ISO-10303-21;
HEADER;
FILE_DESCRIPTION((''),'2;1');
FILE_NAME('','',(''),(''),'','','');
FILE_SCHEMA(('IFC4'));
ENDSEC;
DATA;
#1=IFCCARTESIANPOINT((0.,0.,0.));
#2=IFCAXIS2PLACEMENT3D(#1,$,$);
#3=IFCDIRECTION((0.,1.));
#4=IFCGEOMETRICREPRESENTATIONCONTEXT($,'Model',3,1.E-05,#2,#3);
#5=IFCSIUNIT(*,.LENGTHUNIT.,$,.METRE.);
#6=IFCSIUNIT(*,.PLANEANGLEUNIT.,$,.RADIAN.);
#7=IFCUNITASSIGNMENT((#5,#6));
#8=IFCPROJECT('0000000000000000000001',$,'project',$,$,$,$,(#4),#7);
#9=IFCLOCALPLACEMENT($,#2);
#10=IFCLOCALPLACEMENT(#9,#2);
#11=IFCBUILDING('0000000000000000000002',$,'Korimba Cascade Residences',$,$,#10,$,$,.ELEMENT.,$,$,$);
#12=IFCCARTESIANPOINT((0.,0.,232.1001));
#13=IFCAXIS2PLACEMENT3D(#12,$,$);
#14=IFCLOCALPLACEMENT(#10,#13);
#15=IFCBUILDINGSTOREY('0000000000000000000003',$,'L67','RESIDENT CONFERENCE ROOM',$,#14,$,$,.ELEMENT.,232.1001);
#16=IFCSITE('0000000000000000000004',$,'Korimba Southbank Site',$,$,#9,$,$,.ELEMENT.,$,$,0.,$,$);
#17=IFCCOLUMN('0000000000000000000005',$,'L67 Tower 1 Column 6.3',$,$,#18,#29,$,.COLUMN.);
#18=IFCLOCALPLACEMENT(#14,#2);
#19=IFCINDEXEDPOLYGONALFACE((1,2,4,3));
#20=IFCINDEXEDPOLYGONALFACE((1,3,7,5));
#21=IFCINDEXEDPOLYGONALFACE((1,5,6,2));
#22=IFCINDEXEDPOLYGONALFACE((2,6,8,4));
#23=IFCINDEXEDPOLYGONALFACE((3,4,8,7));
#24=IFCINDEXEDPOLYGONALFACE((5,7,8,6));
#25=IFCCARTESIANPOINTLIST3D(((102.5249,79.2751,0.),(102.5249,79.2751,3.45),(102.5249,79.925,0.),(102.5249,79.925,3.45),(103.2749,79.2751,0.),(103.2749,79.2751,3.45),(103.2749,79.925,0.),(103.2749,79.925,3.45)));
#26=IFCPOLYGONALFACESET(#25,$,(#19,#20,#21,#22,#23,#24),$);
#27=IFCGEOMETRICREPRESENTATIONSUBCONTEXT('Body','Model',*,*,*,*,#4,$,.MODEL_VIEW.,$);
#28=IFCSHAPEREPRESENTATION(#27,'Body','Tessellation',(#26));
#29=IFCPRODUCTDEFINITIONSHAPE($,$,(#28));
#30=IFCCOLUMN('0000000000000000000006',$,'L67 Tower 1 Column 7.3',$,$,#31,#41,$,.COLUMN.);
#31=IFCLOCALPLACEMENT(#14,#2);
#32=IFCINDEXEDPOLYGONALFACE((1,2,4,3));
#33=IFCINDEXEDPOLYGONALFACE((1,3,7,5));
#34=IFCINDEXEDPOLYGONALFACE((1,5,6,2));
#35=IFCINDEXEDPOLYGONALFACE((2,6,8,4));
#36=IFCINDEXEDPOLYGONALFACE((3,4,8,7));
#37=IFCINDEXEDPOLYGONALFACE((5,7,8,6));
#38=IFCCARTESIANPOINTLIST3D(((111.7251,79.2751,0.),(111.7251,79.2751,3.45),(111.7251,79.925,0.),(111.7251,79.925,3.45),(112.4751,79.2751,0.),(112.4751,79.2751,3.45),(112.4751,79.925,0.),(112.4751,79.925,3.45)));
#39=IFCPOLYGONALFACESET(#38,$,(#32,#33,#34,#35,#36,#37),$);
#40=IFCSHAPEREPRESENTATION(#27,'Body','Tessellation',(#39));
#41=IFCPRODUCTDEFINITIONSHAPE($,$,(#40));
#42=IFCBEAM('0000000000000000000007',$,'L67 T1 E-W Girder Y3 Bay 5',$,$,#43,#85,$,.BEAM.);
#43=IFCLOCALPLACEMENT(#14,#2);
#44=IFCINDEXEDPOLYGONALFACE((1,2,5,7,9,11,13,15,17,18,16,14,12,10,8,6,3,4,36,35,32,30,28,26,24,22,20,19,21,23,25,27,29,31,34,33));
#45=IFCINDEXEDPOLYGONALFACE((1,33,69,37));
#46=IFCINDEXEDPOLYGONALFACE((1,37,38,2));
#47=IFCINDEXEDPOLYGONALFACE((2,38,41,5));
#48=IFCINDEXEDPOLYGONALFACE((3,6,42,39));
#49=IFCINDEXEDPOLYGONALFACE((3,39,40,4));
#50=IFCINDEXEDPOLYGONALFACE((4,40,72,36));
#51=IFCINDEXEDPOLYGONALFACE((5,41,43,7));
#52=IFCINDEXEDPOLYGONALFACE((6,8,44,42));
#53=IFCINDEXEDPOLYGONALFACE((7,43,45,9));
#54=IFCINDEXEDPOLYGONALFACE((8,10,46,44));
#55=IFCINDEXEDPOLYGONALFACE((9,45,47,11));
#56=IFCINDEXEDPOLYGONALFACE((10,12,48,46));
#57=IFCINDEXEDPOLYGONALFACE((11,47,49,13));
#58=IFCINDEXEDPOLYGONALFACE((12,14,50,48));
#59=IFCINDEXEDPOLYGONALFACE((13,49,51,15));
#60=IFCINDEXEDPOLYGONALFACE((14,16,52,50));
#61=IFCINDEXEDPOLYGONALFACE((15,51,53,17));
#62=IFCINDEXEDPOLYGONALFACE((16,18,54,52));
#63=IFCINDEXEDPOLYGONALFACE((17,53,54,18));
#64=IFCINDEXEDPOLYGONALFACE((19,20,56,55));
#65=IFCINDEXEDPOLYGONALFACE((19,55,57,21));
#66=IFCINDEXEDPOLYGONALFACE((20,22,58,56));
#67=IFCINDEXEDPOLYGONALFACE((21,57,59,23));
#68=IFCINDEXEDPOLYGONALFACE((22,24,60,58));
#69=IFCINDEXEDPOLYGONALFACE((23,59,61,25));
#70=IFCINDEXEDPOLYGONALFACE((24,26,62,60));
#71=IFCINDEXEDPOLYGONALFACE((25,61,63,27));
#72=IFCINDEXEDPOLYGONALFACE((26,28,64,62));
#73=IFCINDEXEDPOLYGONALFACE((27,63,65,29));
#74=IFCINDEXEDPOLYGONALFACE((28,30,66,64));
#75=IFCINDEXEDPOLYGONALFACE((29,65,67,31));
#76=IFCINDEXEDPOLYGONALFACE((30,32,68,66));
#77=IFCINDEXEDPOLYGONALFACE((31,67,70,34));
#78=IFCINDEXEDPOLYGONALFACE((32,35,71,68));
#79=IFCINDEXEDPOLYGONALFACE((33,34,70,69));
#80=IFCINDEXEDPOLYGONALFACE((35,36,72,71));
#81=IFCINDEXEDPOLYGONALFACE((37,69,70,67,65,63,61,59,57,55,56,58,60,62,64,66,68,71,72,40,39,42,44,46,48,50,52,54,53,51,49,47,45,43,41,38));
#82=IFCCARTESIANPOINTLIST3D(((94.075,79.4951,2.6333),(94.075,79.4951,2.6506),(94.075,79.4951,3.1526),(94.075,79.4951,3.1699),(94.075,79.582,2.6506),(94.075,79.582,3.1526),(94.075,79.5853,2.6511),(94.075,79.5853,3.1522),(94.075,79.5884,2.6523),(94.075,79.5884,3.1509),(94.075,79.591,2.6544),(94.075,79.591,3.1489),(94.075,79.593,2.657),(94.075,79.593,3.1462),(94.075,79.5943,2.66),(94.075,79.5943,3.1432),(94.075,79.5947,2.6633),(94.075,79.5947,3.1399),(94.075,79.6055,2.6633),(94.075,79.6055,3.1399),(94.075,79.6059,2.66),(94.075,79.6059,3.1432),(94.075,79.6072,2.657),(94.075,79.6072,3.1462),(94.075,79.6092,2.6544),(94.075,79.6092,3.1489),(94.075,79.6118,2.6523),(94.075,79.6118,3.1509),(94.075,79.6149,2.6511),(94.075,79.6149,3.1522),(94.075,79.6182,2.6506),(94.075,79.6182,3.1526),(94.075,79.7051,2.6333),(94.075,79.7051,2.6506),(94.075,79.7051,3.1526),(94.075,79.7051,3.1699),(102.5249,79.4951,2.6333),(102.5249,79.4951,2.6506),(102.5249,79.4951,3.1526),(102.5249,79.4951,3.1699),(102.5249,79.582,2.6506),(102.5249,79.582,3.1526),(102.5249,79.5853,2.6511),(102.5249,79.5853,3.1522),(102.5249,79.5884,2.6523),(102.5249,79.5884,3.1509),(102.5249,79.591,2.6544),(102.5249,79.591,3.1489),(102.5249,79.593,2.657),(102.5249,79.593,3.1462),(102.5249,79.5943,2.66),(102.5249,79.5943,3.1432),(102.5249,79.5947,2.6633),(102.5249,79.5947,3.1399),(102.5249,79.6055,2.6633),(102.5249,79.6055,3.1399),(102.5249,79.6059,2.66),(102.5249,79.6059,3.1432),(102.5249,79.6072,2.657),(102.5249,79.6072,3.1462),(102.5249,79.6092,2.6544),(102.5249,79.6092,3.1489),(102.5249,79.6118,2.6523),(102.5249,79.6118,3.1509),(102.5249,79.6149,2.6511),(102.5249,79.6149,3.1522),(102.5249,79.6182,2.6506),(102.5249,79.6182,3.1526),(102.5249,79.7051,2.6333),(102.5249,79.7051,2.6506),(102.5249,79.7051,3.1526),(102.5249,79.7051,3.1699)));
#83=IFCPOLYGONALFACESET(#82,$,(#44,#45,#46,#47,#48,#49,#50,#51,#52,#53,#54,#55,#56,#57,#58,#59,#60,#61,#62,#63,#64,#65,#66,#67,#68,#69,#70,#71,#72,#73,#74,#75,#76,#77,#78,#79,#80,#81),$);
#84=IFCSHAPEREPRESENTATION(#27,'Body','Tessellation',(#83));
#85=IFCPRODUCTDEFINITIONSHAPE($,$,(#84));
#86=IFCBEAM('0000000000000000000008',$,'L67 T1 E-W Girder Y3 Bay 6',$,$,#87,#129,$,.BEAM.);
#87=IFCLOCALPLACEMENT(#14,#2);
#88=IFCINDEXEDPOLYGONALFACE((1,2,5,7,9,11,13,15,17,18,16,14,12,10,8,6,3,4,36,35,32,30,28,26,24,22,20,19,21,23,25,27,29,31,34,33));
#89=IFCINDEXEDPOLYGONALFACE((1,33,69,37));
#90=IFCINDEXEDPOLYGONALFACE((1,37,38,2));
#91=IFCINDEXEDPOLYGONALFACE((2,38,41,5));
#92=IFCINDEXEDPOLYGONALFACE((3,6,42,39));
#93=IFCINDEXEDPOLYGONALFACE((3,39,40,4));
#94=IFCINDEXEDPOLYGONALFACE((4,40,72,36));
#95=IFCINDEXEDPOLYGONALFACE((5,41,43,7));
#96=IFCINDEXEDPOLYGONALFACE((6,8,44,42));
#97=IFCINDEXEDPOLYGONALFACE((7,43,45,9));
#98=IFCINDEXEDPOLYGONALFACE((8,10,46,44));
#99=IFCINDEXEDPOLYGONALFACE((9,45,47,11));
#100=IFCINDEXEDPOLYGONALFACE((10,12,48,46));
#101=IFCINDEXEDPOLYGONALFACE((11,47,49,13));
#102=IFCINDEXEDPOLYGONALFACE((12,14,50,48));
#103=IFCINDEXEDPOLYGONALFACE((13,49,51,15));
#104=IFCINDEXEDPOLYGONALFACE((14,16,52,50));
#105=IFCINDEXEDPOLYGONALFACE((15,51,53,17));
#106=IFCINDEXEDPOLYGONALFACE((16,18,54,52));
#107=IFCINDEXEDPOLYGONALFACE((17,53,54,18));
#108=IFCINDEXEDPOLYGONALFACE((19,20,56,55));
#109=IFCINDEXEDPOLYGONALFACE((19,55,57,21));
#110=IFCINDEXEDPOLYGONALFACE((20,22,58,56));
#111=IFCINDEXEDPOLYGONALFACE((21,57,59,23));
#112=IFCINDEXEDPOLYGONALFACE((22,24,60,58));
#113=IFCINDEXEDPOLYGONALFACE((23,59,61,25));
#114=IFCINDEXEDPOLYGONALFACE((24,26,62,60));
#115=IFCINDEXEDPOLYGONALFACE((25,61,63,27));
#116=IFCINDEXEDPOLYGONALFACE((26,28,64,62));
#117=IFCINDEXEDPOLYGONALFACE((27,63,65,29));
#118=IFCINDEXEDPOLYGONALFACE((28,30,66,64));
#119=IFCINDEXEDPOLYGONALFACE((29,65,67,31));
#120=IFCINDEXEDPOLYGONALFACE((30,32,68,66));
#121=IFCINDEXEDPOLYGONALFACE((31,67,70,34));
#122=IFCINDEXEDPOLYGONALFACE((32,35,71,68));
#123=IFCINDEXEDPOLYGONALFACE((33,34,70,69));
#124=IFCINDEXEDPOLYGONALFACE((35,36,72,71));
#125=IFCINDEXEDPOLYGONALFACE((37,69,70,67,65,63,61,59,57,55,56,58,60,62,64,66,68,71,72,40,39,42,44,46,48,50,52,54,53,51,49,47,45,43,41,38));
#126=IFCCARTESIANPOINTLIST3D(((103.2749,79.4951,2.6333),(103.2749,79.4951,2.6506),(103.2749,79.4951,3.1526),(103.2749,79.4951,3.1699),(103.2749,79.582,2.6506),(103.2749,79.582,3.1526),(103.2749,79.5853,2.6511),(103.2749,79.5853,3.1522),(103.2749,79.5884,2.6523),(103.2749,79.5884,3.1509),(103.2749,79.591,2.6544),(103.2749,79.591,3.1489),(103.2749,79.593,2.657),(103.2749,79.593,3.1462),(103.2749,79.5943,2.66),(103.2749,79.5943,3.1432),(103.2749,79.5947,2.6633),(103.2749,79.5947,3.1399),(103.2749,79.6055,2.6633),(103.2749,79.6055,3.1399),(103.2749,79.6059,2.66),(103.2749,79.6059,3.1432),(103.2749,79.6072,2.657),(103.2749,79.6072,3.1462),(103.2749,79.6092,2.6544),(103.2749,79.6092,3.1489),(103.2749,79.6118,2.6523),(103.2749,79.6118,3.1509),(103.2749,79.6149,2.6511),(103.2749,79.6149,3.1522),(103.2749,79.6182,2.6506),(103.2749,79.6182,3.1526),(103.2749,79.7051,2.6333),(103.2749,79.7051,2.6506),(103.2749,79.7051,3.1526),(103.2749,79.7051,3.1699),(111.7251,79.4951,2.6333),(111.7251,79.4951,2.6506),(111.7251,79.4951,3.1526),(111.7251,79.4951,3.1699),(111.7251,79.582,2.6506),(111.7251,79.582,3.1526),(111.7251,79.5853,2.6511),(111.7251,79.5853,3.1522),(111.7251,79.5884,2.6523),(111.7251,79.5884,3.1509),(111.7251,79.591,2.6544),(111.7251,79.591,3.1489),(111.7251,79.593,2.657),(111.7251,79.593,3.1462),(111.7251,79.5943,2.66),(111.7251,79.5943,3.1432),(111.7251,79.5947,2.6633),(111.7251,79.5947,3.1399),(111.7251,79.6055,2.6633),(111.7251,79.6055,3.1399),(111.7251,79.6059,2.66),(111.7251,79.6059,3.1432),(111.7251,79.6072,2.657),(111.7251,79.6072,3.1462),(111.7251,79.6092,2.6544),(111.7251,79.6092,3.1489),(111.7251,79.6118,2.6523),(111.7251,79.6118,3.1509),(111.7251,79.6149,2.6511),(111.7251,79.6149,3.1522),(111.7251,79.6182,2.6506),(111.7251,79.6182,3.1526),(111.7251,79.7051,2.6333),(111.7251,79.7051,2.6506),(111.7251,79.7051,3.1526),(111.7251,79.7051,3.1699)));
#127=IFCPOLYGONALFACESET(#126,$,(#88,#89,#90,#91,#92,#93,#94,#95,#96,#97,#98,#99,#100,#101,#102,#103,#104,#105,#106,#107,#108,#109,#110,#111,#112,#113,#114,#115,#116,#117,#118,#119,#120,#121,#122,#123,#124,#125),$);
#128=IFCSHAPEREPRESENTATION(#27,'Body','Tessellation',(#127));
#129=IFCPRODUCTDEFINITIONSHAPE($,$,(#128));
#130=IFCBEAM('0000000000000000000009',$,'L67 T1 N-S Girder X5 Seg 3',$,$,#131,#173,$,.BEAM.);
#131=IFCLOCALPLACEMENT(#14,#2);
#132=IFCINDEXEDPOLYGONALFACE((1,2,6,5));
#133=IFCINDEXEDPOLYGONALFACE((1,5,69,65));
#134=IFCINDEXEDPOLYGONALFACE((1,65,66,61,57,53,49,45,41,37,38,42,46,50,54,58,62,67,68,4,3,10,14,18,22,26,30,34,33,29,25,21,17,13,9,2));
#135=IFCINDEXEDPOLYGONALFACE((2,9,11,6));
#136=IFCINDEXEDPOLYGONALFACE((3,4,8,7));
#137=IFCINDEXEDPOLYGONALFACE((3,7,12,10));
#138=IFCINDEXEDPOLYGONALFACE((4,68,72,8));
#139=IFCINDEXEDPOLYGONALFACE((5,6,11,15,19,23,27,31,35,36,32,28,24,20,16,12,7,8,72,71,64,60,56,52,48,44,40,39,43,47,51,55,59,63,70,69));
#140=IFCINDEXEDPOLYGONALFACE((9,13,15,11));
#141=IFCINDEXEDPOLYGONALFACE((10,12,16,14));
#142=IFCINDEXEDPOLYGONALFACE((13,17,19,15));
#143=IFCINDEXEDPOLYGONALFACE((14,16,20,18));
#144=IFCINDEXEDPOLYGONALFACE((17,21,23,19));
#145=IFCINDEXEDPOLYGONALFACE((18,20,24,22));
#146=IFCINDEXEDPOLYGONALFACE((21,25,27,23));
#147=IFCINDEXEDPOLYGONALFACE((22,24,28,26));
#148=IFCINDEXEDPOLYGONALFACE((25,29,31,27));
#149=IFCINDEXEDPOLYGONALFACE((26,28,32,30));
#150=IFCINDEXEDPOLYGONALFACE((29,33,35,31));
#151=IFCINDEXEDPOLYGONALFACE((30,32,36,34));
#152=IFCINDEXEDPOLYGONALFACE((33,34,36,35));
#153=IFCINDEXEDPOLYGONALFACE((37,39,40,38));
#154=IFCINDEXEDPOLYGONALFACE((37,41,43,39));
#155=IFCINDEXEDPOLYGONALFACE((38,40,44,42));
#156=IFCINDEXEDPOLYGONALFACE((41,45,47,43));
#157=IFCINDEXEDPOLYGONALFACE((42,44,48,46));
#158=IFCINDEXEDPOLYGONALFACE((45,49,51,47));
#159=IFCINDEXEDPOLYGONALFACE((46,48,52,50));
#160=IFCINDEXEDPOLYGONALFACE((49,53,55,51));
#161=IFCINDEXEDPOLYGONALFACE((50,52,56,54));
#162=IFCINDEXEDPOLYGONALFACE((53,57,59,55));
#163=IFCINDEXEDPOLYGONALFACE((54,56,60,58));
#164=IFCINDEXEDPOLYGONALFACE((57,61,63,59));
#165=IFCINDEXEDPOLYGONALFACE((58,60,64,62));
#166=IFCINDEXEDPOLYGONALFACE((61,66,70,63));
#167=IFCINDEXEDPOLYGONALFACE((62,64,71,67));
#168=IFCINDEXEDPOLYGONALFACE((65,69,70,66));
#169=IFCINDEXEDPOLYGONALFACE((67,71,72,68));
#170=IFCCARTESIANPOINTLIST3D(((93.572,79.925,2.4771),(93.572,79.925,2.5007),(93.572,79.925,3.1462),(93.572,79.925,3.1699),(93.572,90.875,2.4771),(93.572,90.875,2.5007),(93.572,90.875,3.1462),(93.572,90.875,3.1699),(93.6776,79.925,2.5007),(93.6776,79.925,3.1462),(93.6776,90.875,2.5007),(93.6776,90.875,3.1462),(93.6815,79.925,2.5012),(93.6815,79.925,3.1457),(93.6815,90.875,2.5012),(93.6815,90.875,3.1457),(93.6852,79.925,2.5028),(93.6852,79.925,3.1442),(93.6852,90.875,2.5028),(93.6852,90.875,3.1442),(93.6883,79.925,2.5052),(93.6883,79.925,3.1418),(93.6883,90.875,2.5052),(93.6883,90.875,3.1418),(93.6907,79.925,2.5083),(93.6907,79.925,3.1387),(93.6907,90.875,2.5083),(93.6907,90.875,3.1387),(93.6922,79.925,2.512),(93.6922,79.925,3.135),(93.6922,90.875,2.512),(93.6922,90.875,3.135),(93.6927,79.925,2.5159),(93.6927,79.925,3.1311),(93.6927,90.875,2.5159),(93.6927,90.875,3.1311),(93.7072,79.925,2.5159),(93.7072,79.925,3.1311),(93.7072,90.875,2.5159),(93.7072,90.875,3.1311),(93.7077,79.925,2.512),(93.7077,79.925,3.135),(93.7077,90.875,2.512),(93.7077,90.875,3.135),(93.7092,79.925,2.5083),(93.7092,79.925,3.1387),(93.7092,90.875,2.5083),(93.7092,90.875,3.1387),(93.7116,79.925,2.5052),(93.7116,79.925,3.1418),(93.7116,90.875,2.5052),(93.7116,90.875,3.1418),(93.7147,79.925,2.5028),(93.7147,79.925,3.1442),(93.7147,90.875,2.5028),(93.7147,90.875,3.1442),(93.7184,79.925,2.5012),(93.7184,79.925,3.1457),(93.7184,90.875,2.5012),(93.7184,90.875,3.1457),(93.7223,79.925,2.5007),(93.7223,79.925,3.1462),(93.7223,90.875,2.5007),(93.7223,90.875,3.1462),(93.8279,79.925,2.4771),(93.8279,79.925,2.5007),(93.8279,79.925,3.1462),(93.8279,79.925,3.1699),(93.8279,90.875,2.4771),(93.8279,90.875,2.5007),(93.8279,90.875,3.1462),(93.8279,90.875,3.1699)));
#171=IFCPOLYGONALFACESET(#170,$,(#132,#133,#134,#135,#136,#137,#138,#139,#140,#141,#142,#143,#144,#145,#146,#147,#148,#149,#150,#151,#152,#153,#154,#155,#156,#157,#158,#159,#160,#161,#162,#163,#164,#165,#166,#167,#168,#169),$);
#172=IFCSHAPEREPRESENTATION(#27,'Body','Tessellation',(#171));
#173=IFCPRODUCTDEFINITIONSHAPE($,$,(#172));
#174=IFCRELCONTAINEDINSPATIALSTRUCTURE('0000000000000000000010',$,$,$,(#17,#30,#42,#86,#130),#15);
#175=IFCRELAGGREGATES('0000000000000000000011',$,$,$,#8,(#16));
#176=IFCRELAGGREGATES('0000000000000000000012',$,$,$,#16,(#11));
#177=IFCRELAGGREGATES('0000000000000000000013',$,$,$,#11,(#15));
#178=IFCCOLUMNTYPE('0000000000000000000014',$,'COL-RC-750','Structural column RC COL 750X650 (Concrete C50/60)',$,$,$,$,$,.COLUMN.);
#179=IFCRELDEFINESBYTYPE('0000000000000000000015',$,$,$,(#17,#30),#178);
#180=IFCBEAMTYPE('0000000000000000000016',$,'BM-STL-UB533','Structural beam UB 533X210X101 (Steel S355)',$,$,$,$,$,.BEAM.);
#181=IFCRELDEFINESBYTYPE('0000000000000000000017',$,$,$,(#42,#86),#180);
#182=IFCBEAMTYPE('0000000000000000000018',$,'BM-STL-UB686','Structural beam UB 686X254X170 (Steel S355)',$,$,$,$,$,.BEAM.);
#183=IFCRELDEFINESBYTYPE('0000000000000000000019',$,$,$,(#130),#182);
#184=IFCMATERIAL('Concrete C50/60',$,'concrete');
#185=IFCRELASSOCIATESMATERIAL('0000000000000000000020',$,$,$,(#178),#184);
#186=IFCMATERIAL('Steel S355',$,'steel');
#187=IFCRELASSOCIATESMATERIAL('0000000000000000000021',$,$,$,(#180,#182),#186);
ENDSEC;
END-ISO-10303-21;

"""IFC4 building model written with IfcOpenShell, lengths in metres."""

from ifc_helpers import new_model, si_unit, direction, frame, origin, origin_2d, place, context, subcontext, project, spatial, rectangle, i_section, extrude, material, material_profile, profile_set, type_object, element, save


model = new_model("IFC4")

# Units and contexts
model_context = context("Model", 3, precision=1e-05, world=origin(), true_north=direction((0.0, 1.0)))
body_context = subcontext(model_context, "Body", "Model", "MODEL_VIEW")
ifc_project = project(units=[si_unit("LENGTHUNIT", "METRE"), si_unit("PLANEANGLEUNIT", "RADIAN")], contexts=[model_context])

# Site, building, storey
site_placement = place(None, origin())
site = spatial("IfcSite", under=ifc_project, at=site_placement, Name="Korimba Southbank Site", CompositionType="ELEMENT", RefElevation=0.0)
building_placement = place(site_placement, origin())
building = spatial("IfcBuilding", under=site, at=building_placement, Name="Korimba Cascade Residences", CompositionType="ELEMENT")
storey_placement = place(building_placement, frame((0.0, 0.0, 232.1001)))
storey = spatial("IfcBuildingStorey", under=building, at=storey_placement, Name="L67", Description="RESIDENT CONFERENCE ROOM", CompositionType="ELEMENT", Elevation=232.1001)

# Columns
ifc_material_1 = material(Name="Concrete C50/60", Category="concrete")
ifc_material_profile_1 = material_profile(ifc_material_1, rectangle(XDim=0.75, YDim=0.6499, at=origin_2d()), Name="Concrete C50/60")
ifc_profile_set_1 = profile_set([ifc_material_profile_1], Name="Concrete C50/60")
column_type = type_object("IfcColumnType", Name="COL-RC-750", Description="Structural column RC COL 750X650 (Concrete C50/60)", PredefinedType="COLUMN", material=ifc_profile_set_1)
for number, where, z_axis, x_axis, name in (
    (1, (102.8999, 79.6001, 0.0), (0.0, 0.0, 1.0), (1.0, 0.0, 0.0), "L67 Tower 1 Column 6.3"),
    (2, (112.1001, 79.6001, 0.0), (0.0, 0.0, 1.0), (1.0, 0.0, 0.0), "L67 Tower 1 Column 7.3"),
):
    element("IfcColumn", number, at=place(storey_placement, frame(where, z_axis=z_axis, x_axis=x_axis)), inside=storey, type_object=column_type, Name=name, PredefinedType="COLUMN", context=body_context, shape_type="SweptSolid", body=[
        extrude(rectangle(XDim=0.75, YDim=0.6499, at=origin_2d()), origin(), (0.0, 0.0, 1.0), 3.45),
    ])

# Beams
ifc_material_2 = material(Name="Steel S355", Category="steel")
ifc_material_profile_2 = material_profile(ifc_material_2, i_section(OverallWidth=0.21, OverallDepth=0.5366, WebThickness=0.0107, FlangeThickness=0.0173, FilletRadius=0.0127, at=origin_2d()), Name="Steel S355")
ifc_profile_set_2 = profile_set([ifc_material_profile_2], Name="Steel S355")
beam_type_1 = type_object("IfcBeamType", Name="BM-STL-UB533", Description="Structural beam UB 533X210X101 (Steel S355)", PredefinedType="BEAM", material=ifc_profile_set_2)
beam_1_placement = place(storey_placement, frame((94.075, 79.6001, 2.9016), z_axis=(1.0, 0.0, 0.0), x_axis=(0.0, 1.0, 0.0)))
element("IfcBeam", 3, at=beam_1_placement, inside=storey, type_object=beam_type_1, Name="L67 T1 E-W Girder Y3 Bay 5", PredefinedType="BEAM", context=body_context, shape_type="SweptSolid", body=[
    extrude(i_section(OverallWidth=0.21, OverallDepth=0.5366, WebThickness=0.0107, FlangeThickness=0.0173, FilletRadius=0.0127, at=origin_2d()), origin(), (0.0, 0.0, 1.0), 8.45),
])
beam_2_placement = place(storey_placement, frame((103.2749, 79.6001, 2.9016), z_axis=(1.0, 0.0, 0.0), x_axis=(0.0, 1.0, 0.0)))
element("IfcBeam", 4, at=beam_2_placement, inside=storey, type_object=beam_type_1, Name="L67 T1 E-W Girder Y3 Bay 6", PredefinedType="BEAM", context=body_context, shape_type="SweptSolid", body=[
    extrude(i_section(OverallWidth=0.21, OverallDepth=0.5366, WebThickness=0.0107, FlangeThickness=0.0173, FilletRadius=0.0127, at=origin_2d()), origin(), (0.0, 0.0, 1.0), 8.4502),
])
ifc_material_profile_3 = material_profile(ifc_material_2, i_section(OverallWidth=0.2559, OverallDepth=0.6929, WebThickness=0.0144, FlangeThickness=0.0237, FilletRadius=0.0151, at=origin_2d()), Name="Steel S355")
ifc_profile_set_3 = profile_set([ifc_material_profile_3], Name="Steel S355")
beam_type_2 = type_object("IfcBeamType", Name="BM-STL-UB686", Description="Structural beam UB 686X254X170 (Steel S355)", PredefinedType="BEAM", material=ifc_profile_set_3)
for number, where, z_axis, x_axis, name in (
    (5, (93.7, 79.925, 2.8235), (0.0, 1.0, 0.0), (-1.0, 0.0, 0.0), "L67 T1 N-S Girder X5 Seg 3"),
):
    element("IfcBeam", number, at=place(storey_placement, frame(where, z_axis=z_axis, x_axis=x_axis)), inside=storey, type_object=beam_type_2, Name=name, PredefinedType="BEAM", context=body_context, shape_type="SweptSolid", body=[
        extrude(i_section(OverallWidth=0.2559, OverallDepth=0.6929, WebThickness=0.0144, FlangeThickness=0.0237, FilletRadius=0.0151, at=origin_2d()), origin(), (0.0, 0.0, 1.0), 10.95),
    ])

save(model, "model.ifc")
